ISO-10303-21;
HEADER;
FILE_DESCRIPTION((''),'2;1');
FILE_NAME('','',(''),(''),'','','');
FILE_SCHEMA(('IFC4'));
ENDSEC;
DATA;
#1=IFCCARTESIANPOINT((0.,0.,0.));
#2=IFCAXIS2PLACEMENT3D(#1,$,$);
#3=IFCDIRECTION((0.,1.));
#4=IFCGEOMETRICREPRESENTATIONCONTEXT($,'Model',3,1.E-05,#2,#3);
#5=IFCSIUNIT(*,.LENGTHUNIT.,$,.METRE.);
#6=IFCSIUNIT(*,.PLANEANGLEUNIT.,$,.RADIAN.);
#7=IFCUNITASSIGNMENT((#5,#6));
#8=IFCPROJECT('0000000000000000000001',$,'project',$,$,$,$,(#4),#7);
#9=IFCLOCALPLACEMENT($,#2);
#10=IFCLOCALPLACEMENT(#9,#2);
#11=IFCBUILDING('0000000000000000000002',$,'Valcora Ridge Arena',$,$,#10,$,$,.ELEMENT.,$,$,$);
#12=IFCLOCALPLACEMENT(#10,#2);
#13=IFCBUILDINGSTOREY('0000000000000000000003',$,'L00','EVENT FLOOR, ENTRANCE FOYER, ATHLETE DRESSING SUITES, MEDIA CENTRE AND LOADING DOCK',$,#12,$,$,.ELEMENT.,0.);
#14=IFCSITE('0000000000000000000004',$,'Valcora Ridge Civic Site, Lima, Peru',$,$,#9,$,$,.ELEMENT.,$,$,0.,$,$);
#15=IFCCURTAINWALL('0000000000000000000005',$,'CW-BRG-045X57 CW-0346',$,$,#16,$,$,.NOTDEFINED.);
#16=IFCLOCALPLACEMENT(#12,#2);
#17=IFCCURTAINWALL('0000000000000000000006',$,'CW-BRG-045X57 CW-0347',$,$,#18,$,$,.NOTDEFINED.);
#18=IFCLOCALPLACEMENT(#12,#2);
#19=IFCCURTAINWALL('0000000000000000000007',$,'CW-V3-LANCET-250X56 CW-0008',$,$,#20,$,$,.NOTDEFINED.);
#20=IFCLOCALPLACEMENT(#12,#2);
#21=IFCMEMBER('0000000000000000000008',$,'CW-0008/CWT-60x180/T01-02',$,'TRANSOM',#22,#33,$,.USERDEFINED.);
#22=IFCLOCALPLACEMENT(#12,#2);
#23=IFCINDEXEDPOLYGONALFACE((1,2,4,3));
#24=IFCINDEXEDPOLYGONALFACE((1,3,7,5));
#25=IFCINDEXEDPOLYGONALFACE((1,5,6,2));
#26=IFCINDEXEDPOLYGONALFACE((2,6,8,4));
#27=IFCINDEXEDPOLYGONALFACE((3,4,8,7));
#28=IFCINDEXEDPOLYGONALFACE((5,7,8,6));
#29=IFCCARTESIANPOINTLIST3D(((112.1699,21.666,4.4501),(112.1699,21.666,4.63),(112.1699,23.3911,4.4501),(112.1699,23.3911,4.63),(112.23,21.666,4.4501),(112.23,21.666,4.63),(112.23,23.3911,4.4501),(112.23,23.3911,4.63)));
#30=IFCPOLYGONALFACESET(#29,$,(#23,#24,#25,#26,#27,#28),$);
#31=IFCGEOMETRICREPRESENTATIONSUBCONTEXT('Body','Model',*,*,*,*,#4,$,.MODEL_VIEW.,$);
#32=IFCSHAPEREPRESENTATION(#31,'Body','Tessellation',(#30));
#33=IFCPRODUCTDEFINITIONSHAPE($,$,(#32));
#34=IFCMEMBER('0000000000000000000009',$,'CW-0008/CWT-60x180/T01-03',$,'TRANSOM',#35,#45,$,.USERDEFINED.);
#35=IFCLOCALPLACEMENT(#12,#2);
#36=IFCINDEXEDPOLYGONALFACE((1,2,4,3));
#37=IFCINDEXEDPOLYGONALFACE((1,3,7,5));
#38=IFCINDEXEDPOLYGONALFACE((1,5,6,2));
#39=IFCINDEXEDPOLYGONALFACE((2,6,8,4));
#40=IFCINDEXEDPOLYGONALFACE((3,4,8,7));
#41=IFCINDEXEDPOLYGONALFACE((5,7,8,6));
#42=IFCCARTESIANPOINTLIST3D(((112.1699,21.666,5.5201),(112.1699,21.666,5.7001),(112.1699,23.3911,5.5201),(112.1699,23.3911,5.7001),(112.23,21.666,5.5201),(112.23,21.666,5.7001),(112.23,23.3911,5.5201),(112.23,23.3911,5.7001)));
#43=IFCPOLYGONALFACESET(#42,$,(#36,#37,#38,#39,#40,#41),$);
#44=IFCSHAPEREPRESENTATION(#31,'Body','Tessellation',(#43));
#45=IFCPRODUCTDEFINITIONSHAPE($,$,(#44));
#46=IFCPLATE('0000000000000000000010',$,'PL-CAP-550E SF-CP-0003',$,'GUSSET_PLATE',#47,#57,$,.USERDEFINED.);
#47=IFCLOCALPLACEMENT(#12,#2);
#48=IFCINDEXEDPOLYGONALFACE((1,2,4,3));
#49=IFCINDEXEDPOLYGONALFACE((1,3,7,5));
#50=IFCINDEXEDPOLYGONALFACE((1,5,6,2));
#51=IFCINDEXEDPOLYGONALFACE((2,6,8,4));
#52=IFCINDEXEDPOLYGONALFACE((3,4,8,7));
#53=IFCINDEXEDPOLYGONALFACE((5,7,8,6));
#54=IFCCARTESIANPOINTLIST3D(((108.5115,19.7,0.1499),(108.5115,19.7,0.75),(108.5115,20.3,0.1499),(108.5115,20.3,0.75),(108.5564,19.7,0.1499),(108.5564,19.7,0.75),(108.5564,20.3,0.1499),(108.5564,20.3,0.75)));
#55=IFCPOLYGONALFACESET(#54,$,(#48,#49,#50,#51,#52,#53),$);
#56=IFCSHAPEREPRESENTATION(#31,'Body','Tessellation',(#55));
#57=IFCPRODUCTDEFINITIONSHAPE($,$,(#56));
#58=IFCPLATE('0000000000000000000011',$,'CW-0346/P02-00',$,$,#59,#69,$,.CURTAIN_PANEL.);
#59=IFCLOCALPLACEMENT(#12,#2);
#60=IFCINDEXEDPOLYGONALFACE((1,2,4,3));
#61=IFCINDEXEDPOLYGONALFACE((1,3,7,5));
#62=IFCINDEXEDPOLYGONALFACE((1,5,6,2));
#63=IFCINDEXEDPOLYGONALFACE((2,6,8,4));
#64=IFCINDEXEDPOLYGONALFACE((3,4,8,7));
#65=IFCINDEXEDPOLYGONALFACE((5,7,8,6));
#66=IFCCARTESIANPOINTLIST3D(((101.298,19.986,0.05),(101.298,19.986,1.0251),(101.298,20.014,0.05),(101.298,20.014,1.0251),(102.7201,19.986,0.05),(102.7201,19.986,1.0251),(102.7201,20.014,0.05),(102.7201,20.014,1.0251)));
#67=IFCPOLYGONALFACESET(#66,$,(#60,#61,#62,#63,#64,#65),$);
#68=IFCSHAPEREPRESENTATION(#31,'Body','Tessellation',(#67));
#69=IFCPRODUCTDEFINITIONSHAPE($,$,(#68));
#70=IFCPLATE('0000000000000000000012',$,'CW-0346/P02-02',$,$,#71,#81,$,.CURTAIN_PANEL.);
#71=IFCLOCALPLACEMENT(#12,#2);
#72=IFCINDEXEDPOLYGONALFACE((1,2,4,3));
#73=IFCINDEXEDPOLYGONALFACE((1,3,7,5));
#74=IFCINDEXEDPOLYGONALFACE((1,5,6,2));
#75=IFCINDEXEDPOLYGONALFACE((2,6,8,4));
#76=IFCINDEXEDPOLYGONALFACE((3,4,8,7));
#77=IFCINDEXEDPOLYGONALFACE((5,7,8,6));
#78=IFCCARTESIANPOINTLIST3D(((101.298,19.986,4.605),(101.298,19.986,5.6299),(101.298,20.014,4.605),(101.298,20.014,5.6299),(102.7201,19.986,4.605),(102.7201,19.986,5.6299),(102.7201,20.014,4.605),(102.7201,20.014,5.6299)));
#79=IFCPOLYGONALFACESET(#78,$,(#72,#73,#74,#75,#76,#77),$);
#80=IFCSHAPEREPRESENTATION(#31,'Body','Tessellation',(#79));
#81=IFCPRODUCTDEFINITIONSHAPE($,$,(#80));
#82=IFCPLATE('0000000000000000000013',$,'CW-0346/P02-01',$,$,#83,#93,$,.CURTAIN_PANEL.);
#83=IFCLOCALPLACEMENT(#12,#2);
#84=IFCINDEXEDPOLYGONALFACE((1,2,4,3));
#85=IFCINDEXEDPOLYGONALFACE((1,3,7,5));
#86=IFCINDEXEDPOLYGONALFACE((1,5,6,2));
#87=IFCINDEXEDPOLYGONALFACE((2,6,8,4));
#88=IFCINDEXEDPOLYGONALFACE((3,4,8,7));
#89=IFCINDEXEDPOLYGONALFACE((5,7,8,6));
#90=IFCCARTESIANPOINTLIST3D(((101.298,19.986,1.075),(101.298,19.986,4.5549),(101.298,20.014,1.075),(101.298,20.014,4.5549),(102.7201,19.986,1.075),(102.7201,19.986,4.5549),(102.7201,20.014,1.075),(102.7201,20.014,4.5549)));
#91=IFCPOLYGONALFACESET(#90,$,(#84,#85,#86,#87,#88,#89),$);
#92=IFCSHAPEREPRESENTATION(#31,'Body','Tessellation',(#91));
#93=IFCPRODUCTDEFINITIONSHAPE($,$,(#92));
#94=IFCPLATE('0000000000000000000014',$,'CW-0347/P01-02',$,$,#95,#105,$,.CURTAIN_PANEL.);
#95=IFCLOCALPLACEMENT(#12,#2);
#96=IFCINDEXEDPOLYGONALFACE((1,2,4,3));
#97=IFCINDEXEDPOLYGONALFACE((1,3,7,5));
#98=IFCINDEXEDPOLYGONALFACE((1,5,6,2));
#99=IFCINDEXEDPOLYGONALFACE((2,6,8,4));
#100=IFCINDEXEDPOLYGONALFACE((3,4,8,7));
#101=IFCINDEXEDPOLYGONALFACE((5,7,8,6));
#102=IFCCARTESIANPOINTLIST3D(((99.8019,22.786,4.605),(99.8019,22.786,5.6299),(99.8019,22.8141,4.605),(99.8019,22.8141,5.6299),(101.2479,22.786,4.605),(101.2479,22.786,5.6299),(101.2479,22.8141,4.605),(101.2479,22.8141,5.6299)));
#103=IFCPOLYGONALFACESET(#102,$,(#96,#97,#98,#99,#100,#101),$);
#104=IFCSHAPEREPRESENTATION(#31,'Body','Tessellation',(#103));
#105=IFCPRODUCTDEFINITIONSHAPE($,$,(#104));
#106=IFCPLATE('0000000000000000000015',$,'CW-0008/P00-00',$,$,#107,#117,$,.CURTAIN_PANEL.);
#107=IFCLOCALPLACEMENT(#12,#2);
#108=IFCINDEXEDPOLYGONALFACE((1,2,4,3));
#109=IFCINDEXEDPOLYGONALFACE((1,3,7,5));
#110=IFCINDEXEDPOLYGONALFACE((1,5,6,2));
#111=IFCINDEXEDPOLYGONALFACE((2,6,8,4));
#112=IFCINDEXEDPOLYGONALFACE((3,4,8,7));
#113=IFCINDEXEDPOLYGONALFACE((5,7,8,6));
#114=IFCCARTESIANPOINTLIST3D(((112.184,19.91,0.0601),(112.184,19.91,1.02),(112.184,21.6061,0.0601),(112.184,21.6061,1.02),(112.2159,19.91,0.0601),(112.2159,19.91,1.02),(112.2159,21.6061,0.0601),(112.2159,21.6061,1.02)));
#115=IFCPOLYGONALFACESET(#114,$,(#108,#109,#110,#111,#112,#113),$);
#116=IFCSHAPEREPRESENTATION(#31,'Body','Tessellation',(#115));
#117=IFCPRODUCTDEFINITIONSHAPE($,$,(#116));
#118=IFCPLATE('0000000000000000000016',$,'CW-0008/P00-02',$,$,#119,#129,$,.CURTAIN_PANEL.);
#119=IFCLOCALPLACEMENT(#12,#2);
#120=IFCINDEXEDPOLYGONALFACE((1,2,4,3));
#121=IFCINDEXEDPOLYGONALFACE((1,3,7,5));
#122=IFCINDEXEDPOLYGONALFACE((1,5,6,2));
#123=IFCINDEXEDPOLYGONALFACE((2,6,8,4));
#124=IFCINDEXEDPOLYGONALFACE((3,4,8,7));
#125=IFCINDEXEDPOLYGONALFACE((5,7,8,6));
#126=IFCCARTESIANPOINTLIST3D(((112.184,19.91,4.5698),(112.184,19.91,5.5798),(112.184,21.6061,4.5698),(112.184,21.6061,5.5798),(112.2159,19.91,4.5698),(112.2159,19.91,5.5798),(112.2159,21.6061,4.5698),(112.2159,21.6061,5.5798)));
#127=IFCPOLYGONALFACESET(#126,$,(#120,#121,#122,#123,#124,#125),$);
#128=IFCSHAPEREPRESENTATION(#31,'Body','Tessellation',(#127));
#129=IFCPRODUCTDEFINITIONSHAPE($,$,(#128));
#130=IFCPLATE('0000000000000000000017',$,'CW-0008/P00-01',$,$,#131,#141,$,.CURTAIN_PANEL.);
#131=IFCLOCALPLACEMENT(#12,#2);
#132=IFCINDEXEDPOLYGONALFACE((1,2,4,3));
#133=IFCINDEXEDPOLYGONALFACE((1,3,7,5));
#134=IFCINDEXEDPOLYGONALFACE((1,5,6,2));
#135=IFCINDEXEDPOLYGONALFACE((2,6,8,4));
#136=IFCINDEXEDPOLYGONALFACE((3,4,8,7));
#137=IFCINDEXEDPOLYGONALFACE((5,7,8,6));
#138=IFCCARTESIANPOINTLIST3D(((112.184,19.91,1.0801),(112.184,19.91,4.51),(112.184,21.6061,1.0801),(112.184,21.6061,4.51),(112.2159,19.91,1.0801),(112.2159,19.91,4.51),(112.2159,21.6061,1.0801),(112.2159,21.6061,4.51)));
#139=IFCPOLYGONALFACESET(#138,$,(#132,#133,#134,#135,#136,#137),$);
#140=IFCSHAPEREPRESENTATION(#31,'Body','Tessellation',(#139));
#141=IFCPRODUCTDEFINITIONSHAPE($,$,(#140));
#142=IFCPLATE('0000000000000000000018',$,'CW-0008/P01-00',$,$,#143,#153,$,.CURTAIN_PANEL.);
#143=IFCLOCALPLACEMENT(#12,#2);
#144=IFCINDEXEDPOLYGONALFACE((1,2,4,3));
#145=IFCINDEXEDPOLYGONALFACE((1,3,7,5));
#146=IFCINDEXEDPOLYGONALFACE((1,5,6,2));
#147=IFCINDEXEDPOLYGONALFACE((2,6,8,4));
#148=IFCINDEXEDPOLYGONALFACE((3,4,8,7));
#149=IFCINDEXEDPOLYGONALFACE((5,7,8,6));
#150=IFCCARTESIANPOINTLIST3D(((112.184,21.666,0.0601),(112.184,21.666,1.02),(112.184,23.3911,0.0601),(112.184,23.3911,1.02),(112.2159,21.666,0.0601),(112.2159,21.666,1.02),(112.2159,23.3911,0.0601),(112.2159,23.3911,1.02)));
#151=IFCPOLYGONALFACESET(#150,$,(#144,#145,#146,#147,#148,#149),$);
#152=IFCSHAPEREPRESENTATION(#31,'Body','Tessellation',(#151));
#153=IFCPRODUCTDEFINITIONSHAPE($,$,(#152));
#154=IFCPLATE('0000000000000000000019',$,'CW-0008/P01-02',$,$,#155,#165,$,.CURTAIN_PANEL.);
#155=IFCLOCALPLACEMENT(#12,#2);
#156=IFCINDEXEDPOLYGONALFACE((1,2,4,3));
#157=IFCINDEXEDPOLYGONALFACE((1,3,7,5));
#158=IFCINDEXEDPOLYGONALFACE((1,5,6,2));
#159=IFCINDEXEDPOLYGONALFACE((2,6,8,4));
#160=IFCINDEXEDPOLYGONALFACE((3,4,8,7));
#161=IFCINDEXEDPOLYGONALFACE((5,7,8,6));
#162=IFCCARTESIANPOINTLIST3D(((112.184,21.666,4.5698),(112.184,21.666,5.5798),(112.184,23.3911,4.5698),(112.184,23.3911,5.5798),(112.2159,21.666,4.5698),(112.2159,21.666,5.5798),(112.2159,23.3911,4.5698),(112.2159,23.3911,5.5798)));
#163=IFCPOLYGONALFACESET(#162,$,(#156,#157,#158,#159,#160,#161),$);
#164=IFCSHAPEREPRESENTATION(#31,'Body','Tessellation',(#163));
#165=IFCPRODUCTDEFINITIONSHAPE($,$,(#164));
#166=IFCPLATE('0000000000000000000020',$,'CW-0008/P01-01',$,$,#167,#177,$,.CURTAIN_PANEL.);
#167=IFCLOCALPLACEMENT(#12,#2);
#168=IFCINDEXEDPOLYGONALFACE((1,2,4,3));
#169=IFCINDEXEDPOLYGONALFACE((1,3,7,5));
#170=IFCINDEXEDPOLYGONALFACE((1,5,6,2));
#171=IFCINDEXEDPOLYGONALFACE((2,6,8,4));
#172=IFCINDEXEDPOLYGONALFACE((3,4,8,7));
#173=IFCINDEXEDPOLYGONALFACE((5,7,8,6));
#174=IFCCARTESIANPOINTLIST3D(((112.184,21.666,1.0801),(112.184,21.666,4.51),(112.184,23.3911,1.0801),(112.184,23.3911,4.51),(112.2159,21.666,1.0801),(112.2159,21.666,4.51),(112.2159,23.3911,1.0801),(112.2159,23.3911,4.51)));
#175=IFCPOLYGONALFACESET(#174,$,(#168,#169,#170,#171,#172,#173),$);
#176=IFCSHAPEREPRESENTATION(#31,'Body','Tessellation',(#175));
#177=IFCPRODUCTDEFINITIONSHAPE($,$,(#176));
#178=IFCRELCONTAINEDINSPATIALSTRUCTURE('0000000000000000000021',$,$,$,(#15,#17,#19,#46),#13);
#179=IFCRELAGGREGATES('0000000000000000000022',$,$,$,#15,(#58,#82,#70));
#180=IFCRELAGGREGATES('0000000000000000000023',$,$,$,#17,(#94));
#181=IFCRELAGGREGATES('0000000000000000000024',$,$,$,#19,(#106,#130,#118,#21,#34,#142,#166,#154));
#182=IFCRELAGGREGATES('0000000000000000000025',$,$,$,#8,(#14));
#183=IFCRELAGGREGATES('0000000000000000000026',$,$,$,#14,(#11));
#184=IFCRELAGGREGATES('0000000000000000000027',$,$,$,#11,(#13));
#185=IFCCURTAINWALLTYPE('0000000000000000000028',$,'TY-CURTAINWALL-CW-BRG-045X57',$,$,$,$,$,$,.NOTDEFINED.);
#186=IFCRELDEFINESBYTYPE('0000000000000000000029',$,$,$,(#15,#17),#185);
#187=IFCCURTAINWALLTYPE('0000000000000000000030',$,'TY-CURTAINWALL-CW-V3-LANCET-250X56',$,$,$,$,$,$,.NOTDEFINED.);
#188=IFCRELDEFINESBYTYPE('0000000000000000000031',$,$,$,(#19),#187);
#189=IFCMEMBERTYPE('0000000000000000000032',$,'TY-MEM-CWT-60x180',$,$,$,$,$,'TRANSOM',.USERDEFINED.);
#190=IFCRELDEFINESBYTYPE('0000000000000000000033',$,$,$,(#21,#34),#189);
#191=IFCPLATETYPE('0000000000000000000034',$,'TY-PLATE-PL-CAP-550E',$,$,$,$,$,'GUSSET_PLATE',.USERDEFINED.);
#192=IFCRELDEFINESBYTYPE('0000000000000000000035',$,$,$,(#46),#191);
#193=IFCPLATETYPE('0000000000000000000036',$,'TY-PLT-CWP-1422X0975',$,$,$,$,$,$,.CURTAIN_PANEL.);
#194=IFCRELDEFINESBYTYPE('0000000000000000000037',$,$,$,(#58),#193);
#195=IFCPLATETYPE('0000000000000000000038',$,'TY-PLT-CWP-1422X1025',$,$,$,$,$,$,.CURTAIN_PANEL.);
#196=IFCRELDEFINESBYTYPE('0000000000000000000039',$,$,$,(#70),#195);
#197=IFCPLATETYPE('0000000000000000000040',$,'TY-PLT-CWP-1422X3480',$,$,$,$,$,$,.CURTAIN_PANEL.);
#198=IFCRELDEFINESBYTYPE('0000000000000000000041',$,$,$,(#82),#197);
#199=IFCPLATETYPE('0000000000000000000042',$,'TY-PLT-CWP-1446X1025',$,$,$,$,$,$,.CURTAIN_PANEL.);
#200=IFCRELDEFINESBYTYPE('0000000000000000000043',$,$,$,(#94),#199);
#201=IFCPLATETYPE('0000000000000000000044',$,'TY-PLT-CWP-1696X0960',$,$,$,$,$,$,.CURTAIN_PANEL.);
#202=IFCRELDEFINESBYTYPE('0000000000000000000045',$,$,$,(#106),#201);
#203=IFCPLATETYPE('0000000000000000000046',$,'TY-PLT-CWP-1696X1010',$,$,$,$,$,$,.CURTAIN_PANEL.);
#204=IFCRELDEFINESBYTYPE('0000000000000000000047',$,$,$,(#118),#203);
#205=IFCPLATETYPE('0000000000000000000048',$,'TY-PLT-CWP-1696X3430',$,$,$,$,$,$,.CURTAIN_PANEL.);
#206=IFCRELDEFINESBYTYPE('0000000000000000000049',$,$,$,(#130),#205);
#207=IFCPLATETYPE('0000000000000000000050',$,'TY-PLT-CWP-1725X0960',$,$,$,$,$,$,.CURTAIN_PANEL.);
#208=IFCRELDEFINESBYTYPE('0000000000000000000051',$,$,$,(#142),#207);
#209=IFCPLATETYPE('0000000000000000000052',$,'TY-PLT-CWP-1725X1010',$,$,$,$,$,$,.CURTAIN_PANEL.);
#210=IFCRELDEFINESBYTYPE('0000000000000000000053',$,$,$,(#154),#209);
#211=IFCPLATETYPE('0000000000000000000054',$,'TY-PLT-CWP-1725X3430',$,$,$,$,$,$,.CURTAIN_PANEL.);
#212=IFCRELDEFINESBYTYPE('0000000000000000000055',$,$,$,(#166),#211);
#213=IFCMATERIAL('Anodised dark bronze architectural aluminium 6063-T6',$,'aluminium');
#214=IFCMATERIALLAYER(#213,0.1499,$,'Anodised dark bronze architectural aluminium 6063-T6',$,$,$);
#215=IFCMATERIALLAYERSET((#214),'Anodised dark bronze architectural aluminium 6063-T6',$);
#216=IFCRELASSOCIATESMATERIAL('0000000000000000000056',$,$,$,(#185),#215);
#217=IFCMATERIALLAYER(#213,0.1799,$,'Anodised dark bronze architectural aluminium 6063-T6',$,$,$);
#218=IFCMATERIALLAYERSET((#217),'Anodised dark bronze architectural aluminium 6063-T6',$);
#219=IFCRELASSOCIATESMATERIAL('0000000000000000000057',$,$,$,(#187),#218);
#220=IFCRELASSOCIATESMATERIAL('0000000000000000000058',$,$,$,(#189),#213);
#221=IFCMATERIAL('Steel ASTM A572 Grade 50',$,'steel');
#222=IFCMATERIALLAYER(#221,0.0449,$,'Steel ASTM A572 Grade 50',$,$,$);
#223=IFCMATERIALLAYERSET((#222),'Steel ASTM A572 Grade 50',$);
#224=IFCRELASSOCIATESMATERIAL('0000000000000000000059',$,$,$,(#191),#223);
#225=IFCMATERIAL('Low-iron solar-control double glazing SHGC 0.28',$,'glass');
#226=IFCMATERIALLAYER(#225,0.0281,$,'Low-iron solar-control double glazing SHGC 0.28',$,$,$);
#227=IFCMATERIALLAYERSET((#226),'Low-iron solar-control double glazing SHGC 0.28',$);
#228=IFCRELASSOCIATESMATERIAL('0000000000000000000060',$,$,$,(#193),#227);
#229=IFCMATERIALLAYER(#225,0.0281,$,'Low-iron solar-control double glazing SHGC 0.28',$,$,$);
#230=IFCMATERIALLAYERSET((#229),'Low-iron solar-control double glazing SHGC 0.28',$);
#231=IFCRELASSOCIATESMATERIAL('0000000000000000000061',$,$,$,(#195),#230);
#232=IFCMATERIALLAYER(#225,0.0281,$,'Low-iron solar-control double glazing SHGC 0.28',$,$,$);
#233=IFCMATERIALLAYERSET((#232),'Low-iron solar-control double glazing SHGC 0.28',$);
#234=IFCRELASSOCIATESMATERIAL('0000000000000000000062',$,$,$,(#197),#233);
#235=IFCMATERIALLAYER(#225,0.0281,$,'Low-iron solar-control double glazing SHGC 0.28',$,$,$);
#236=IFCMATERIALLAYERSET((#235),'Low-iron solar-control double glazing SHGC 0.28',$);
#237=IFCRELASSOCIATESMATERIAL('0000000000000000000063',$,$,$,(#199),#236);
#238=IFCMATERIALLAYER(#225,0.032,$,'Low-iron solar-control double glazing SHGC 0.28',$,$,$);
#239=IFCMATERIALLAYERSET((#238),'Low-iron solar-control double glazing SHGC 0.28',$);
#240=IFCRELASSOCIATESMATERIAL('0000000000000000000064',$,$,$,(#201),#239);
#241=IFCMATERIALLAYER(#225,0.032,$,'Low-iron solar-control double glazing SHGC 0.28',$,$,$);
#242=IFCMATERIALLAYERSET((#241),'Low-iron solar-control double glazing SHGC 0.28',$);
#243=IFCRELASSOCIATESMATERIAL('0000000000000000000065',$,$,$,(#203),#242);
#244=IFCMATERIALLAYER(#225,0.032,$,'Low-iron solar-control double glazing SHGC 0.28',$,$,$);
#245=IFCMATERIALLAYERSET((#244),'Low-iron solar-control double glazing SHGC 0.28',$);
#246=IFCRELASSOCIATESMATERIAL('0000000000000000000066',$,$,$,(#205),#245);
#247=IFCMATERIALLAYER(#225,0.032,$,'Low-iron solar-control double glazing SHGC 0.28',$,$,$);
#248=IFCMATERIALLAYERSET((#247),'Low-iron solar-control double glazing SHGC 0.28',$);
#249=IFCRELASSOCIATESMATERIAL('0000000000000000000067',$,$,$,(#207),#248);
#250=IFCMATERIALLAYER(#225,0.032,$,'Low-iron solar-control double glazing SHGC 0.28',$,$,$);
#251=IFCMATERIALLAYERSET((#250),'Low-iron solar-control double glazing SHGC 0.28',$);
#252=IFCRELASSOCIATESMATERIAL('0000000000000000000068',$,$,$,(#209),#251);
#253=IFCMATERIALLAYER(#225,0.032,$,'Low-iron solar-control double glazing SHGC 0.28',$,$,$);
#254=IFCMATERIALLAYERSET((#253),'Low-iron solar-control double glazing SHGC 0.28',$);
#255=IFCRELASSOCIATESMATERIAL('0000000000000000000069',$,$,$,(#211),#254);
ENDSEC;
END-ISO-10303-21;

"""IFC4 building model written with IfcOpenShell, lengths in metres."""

from ifc_helpers import new_model, si_unit, direction, frame, origin, origin_2d, place, context, subcontext, project, spatial, rectangle, extrude, material, layer, layer_set, material_profile, profile_set, type_object, element, aggregate, save


model = new_model("IFC4")

# Units and contexts
model_context = context("Model", 3, precision=1e-05, world=origin(), true_north=direction((0.0, 1.0)))
body_context = subcontext(model_context, "Body", "Model", "MODEL_VIEW")
ifc_project = project(units=[si_unit("LENGTHUNIT", "METRE"), si_unit("PLANEANGLEUNIT", "RADIAN")], contexts=[model_context])

# Site, building, storey
site_placement = place(None, origin())
site = spatial("IfcSite", under=ifc_project, at=site_placement, Name="Valcora Ridge Civic Site, Lima, Peru", CompositionType="ELEMENT", RefElevation=0.0)
building_placement = place(site_placement, origin())
building = spatial("IfcBuilding", under=site, at=building_placement, Name="Valcora Ridge Arena", CompositionType="ELEMENT")
storey_placement = place(building_placement, origin())
storey = spatial("IfcBuildingStorey", under=building, at=storey_placement, Name="L00", Description="EVENT FLOOR, ENTRANCE FOYER, ATHLETE DRESSING SUITES, MEDIA CENTRE AND LOADING DOCK", CompositionType="ELEMENT", Elevation=0.0)

# Shared definitions
ifc_material_1 = material(Name="Steel ASTM A572 Grade 50", Category="steel")

# Curtain wall
ifc_material_2 = material(Name="Anodised dark bronze architectural aluminium 6063-T6", Category="aluminium")
ifc_layer_1 = layer(ifc_material_2, 0.1499, Name="Anodised dark bronze architectural aluminium 6063-T6")
ifc_layer_set_1 = layer_set([ifc_layer_1], Name="Anodised dark bronze architectural aluminium 6063-T6")
curtain_wall_type_1 = type_object("IfcCurtainWallType", Name="TY-CURTAINWALL-CW-BRG-045X57", PredefinedType="NOTDEFINED", material=ifc_layer_set_1)
curtain_wall_1_placement = place(storey_placement, origin())
curtain_wall_1 = element("IfcCurtainWall", 1, at=curtain_wall_1_placement, inside=storey, type_object=curtain_wall_type_1, Name="CW-BRG-045X57 CW-0346", PredefinedType="NOTDEFINED")

# Curtain wall
curtain_wall_2_placement = place(storey_placement, origin())
curtain_wall_2 = element("IfcCurtainWall", 2, at=curtain_wall_2_placement, inside=storey, type_object=curtain_wall_type_1, Name="CW-BRG-045X57 CW-0347", PredefinedType="NOTDEFINED")

# Curtain wall
ifc_layer_2 = layer(ifc_material_2, 0.1799, Name="Anodised dark bronze architectural aluminium 6063-T6")
ifc_layer_set_2 = layer_set([ifc_layer_2], Name="Anodised dark bronze architectural aluminium 6063-T6")
curtain_wall_type_2 = type_object("IfcCurtainWallType", Name="TY-CURTAINWALL-CW-V3-LANCET-250X56", PredefinedType="NOTDEFINED", material=ifc_layer_set_2)
curtain_wall_3_placement = place(storey_placement, origin())
curtain_wall_3 = element("IfcCurtainWall", 3, at=curtain_wall_3_placement, inside=storey, type_object=curtain_wall_type_2, Name="CW-V3-LANCET-250X56 CW-0008", PredefinedType="NOTDEFINED")

# Members
ifc_material_profile_1 = material_profile(ifc_material_2, rectangle(XDim=0.0601, YDim=0.1799, at=origin_2d()), Name="ALU TRANSOM 60x180")
ifc_profile_set_1 = profile_set([ifc_material_profile_1], Name="Anodised dark bronze architectural aluminium 6063-T6")
member_type_1 = type_object("IfcMemberType", Name="TY-MEM-CWT-60x180", ElementType="TRANSOM", PredefinedType="USERDEFINED", material=ifc_profile_set_1)
member_1_placement = place(storey_placement, frame((112.2, 21.666, 4.54), z_axis=(0.0, 1.0, 0.0), x_axis=(-1.0, 0.0, 0.0)))
member_1 = element("IfcMember", 4, at=member_1_placement, type_object=member_type_1, Name="CW-0008/CWT-60x180/T01-02", ObjectType="TRANSOM", PredefinedType="USERDEFINED", context=body_context, shape_type="SweptSolid", body=[
    extrude(rectangle(XDim=0.0601, YDim=0.1799, at=origin_2d()), origin(), (0.0, 0.0, 1.0), 1.7251),
])
member_2_placement = place(storey_placement, frame((112.2, 21.666, 5.6101), z_axis=(0.0, 1.0, 0.0), x_axis=(-1.0, 0.0, 0.0)))
member_2 = element("IfcMember", 5, at=member_2_placement, type_object=member_type_1, Name="CW-0008/CWT-60x180/T01-03", ObjectType="TRANSOM", PredefinedType="USERDEFINED", context=body_context, shape_type="SweptSolid", body=[
    extrude(rectangle(XDim=0.0601, YDim=0.1799, at=origin_2d()), origin(), (0.0, 0.0, 1.0), 1.7251),
])

# Plates
ifc_layer_3 = layer(ifc_material_1, 0.0449, Name="Steel ASTM A572 Grade 50")
ifc_layer_set_3 = layer_set([ifc_layer_3], Name="Steel ASTM A572 Grade 50")
plate_type_1 = type_object("IfcPlateType", Name="TY-PLATE-PL-CAP-550E", ElementType="GUSSET_PLATE", PredefinedType="USERDEFINED", material=ifc_layer_set_3)
plate_1_placement = place(storey_placement, frame((108.5339, 20.0, 0.1499), z_axis=(0.0, 0.0, 1.0), x_axis=(1.0, 0.0, 0.0)))
element("IfcPlate", 6, at=plate_1_placement, inside=storey, type_object=plate_type_1, Name="PL-CAP-550E SF-CP-0003", ObjectType="GUSSET_PLATE", PredefinedType="USERDEFINED", context=body_context, shape_type="SweptSolid", body=[
    extrude(rectangle(XDim=0.0449, YDim=0.6001, at=origin_2d()), origin(), (0.0, 0.0, 1.0), 0.6001),
])
ifc_material_3 = material(Name="Low-iron solar-control double glazing SHGC 0.28", Category="glass")
ifc_layer_4 = layer(ifc_material_3, 0.0281, Name="Low-iron solar-control double glazing SHGC 0.28")
ifc_layer_set_4 = layer_set([ifc_layer_4], Name="Low-iron solar-control double glazing SHGC 0.28")
plate_type_2 = type_object("IfcPlateType", Name="TY-PLT-CWP-1422X0975", PredefinedType="CURTAIN_PANEL", material=ifc_layer_set_4)
plate_2_placement = place(storey_placement, frame((102.009, 20.0, 0.05), z_axis=(0.0, 0.0, 1.0), x_axis=(1.0, 0.0, 0.0)))
plate_2 = element("IfcPlate", 7, at=plate_2_placement, type_object=plate_type_2, Name="CW-0346/P02-00", PredefinedType="CURTAIN_PANEL", context=body_context, shape_type="SweptSolid", body=[
    extrude(rectangle(XDim=1.4221, YDim=0.0281, at=origin_2d()), origin(), (0.0, 0.0, 1.0), 0.9751),
])
ifc_layer_5 = layer(ifc_material_3, 0.0281, Name="Low-iron solar-control double glazing SHGC 0.28")
ifc_layer_set_5 = layer_set([ifc_layer_5], Name="Low-iron solar-control double glazing SHGC 0.28")
plate_type_3 = type_object("IfcPlateType", Name="TY-PLT-CWP-1422X1025", PredefinedType="CURTAIN_PANEL", material=ifc_layer_set_5)
plate_3_placement = place(storey_placement, frame((102.009, 20.0, 4.605), z_axis=(0.0, 0.0, 1.0), x_axis=(1.0, 0.0, 0.0)))
plate_3 = element("IfcPlate", 8, at=plate_3_placement, type_object=plate_type_3, Name="CW-0346/P02-02", PredefinedType="CURTAIN_PANEL", context=body_context, shape_type="SweptSolid", body=[
    extrude(rectangle(XDim=1.4221, YDim=0.0281, at=origin_2d()), origin(), (0.0, 0.0, 1.0), 1.0249),
])
ifc_layer_6 = layer(ifc_material_3, 0.0281, Name="Low-iron solar-control double glazing SHGC 0.28")
ifc_layer_set_6 = layer_set([ifc_layer_6], Name="Low-iron solar-control double glazing SHGC 0.28")
plate_type_4 = type_object("IfcPlateType", Name="TY-PLT-CWP-1422X3480", PredefinedType="CURTAIN_PANEL", material=ifc_layer_set_6)
plate_4_placement = place(storey_placement, frame((102.009, 20.0, 1.075), z_axis=(0.0, 0.0, 1.0), x_axis=(1.0, 0.0, 0.0)))
plate_4 = element("IfcPlate", 9, at=plate_4_placement, type_object=plate_type_4, Name="CW-0346/P02-01", PredefinedType="CURTAIN_PANEL", context=body_context, shape_type="SweptSolid", body=[
    extrude(rectangle(XDim=1.4221, YDim=0.0281, at=origin_2d()), origin(), (0.0, 0.0, 1.0), 3.48),
])
aggregate(curtain_wall_1, [plate_2, plate_4, plate_3])
ifc_layer_7 = layer(ifc_material_3, 0.0281, Name="Low-iron solar-control double glazing SHGC 0.28")
ifc_layer_set_7 = layer_set([ifc_layer_7], Name="Low-iron solar-control double glazing SHGC 0.28")
plate_type_5 = type_object("IfcPlateType", Name="TY-PLT-CWP-1446X1025", PredefinedType="CURTAIN_PANEL", material=ifc_layer_set_7)
plate_5_placement = place(storey_placement, frame((100.5249, 22.8, 4.605), z_axis=(0.0, 0.0, 1.0), x_axis=(1.0, 0.0, 0.0)))
plate_5 = element("IfcPlate", 10, at=plate_5_placement, type_object=plate_type_5, Name="CW-0347/P01-02", PredefinedType="CURTAIN_PANEL", context=body_context, shape_type="SweptSolid", body=[
    extrude(rectangle(XDim=1.446, YDim=0.0281, at=origin_2d()), origin(), (0.0, 0.0, 1.0), 1.0249),
])
aggregate(curtain_wall_2, [plate_5])
ifc_layer_8 = layer(ifc_material_3, 0.032, Name="Low-iron solar-control double glazing SHGC 0.28")
ifc_layer_set_8 = layer_set([ifc_layer_8], Name="Low-iron solar-control double glazing SHGC 0.28")
plate_type_6 = type_object("IfcPlateType", Name="TY-PLT-CWP-1696X0960", PredefinedType="CURTAIN_PANEL", material=ifc_layer_set_8)
plate_6_placement = place(storey_placement, frame((112.2, 20.7581, 0.0601), z_axis=(0.0, 0.0, 1.0), x_axis=(0.0, 1.0, 0.0)))
plate_6 = element("IfcPlate", 11, at=plate_6_placement, type_object=plate_type_6, Name="CW-0008/P00-00", PredefinedType="CURTAIN_PANEL", context=body_context, shape_type="SweptSolid", body=[
    extrude(rectangle(XDim=1.696, YDim=0.032, at=origin_2d()), origin(), (0.0, 0.0, 1.0), 0.96),
])
ifc_layer_9 = layer(ifc_material_3, 0.032, Name="Low-iron solar-control double glazing SHGC 0.28")
ifc_layer_set_9 = layer_set([ifc_layer_9], Name="Low-iron solar-control double glazing SHGC 0.28")
plate_type_7 = type_object("IfcPlateType", Name="TY-PLT-CWP-1696X1010", PredefinedType="CURTAIN_PANEL", material=ifc_layer_set_9)
plate_7_placement = place(storey_placement, frame((112.2, 20.7581, 4.5698), z_axis=(0.0, 0.0, 1.0), x_axis=(0.0, 1.0, 0.0)))
plate_7 = element("IfcPlate", 12, at=plate_7_placement, type_object=plate_type_7, Name="CW-0008/P00-02", PredefinedType="CURTAIN_PANEL", context=body_context, shape_type="SweptSolid", body=[
    extrude(rectangle(XDim=1.696, YDim=0.032, at=origin_2d()), origin(), (0.0, 0.0, 1.0), 1.01),
])
ifc_layer_10 = layer(ifc_material_3, 0.032, Name="Low-iron solar-control double glazing SHGC 0.28")
ifc_layer_set_10 = layer_set([ifc_layer_10], Name="Low-iron solar-control double glazing SHGC 0.28")
plate_type_8 = type_object("IfcPlateType", Name="TY-PLT-CWP-1696X3430", PredefinedType="CURTAIN_PANEL", material=ifc_layer_set_10)
plate_8_placement = place(storey_placement, frame((112.2, 20.7581, 1.0801), z_axis=(0.0, 0.0, 1.0), x_axis=(0.0, 1.0, 0.0)))
plate_8 = element("IfcPlate", 13, at=plate_8_placement, type_object=plate_type_8, Name="CW-0008/P00-01", PredefinedType="CURTAIN_PANEL", context=body_context, shape_type="SweptSolid", body=[
    extrude(rectangle(XDim=1.696, YDim=0.032, at=origin_2d()), origin(), (0.0, 0.0, 1.0), 3.4299),
])
ifc_layer_11 = layer(ifc_material_3, 0.032, Name="Low-iron solar-control double glazing SHGC 0.28")
ifc_layer_set_11 = layer_set([ifc_layer_11], Name="Low-iron solar-control double glazing SHGC 0.28")
plate_type_9 = type_object("IfcPlateType", Name="TY-PLT-CWP-1725X0960", PredefinedType="CURTAIN_PANEL", material=ifc_layer_set_11)
plate_9_placement = place(storey_placement, frame((112.2, 22.5286, 0.0601), z_axis=(0.0, 0.0, 1.0), x_axis=(0.0, 1.0, 0.0)))
plate_9 = element("IfcPlate", 14, at=plate_9_placement, type_object=plate_type_9, Name="CW-0008/P01-00", PredefinedType="CURTAIN_PANEL", context=body_context, shape_type="SweptSolid", body=[
    extrude(rectangle(XDim=1.7251, YDim=0.032, at=origin_2d()), origin(), (0.0, 0.0, 1.0), 0.96),
])
ifc_layer_12 = layer(ifc_material_3, 0.032, Name="Low-iron solar-control double glazing SHGC 0.28")
ifc_layer_set_12 = layer_set([ifc_layer_12], Name="Low-iron solar-control double glazing SHGC 0.28")
plate_type_10 = type_object("IfcPlateType", Name="TY-PLT-CWP-1725X1010", PredefinedType="CURTAIN_PANEL", material=ifc_layer_set_12)
plate_10_placement = place(storey_placement, frame((112.2, 22.5286, 4.5698), z_axis=(0.0, 0.0, 1.0), x_axis=(0.0, 1.0, 0.0)))
plate_10 = element("IfcPlate", 15, at=plate_10_placement, type_object=plate_type_10, Name="CW-0008/P01-02", PredefinedType="CURTAIN_PANEL", context=body_context, shape_type="SweptSolid", body=[
    extrude(rectangle(XDim=1.7251, YDim=0.032, at=origin_2d()), origin(), (0.0, 0.0, 1.0), 1.01),
])
ifc_layer_13 = layer(ifc_material_3, 0.032, Name="Low-iron solar-control double glazing SHGC 0.28")
ifc_layer_set_13 = layer_set([ifc_layer_13], Name="Low-iron solar-control double glazing SHGC 0.28")
plate_type_11 = type_object("IfcPlateType", Name="TY-PLT-CWP-1725X3430", PredefinedType="CURTAIN_PANEL", material=ifc_layer_set_13)
plate_11_placement = place(storey_placement, frame((112.2, 22.5286, 1.0801), z_axis=(0.0, 0.0, 1.0), x_axis=(0.0, 1.0, 0.0)))
plate_11 = element("IfcPlate", 16, at=plate_11_placement, type_object=plate_type_11, Name="CW-0008/P01-01", PredefinedType="CURTAIN_PANEL", context=body_context, shape_type="SweptSolid", body=[
    extrude(rectangle(XDim=1.7251, YDim=0.032, at=origin_2d()), origin(), (0.0, 0.0, 1.0), 3.4299),
])
aggregate(curtain_wall_3, [plate_6, plate_8, plate_7, member_1, member_2, plate_9, plate_11, plate_10])

save(model, "model.ifc")
